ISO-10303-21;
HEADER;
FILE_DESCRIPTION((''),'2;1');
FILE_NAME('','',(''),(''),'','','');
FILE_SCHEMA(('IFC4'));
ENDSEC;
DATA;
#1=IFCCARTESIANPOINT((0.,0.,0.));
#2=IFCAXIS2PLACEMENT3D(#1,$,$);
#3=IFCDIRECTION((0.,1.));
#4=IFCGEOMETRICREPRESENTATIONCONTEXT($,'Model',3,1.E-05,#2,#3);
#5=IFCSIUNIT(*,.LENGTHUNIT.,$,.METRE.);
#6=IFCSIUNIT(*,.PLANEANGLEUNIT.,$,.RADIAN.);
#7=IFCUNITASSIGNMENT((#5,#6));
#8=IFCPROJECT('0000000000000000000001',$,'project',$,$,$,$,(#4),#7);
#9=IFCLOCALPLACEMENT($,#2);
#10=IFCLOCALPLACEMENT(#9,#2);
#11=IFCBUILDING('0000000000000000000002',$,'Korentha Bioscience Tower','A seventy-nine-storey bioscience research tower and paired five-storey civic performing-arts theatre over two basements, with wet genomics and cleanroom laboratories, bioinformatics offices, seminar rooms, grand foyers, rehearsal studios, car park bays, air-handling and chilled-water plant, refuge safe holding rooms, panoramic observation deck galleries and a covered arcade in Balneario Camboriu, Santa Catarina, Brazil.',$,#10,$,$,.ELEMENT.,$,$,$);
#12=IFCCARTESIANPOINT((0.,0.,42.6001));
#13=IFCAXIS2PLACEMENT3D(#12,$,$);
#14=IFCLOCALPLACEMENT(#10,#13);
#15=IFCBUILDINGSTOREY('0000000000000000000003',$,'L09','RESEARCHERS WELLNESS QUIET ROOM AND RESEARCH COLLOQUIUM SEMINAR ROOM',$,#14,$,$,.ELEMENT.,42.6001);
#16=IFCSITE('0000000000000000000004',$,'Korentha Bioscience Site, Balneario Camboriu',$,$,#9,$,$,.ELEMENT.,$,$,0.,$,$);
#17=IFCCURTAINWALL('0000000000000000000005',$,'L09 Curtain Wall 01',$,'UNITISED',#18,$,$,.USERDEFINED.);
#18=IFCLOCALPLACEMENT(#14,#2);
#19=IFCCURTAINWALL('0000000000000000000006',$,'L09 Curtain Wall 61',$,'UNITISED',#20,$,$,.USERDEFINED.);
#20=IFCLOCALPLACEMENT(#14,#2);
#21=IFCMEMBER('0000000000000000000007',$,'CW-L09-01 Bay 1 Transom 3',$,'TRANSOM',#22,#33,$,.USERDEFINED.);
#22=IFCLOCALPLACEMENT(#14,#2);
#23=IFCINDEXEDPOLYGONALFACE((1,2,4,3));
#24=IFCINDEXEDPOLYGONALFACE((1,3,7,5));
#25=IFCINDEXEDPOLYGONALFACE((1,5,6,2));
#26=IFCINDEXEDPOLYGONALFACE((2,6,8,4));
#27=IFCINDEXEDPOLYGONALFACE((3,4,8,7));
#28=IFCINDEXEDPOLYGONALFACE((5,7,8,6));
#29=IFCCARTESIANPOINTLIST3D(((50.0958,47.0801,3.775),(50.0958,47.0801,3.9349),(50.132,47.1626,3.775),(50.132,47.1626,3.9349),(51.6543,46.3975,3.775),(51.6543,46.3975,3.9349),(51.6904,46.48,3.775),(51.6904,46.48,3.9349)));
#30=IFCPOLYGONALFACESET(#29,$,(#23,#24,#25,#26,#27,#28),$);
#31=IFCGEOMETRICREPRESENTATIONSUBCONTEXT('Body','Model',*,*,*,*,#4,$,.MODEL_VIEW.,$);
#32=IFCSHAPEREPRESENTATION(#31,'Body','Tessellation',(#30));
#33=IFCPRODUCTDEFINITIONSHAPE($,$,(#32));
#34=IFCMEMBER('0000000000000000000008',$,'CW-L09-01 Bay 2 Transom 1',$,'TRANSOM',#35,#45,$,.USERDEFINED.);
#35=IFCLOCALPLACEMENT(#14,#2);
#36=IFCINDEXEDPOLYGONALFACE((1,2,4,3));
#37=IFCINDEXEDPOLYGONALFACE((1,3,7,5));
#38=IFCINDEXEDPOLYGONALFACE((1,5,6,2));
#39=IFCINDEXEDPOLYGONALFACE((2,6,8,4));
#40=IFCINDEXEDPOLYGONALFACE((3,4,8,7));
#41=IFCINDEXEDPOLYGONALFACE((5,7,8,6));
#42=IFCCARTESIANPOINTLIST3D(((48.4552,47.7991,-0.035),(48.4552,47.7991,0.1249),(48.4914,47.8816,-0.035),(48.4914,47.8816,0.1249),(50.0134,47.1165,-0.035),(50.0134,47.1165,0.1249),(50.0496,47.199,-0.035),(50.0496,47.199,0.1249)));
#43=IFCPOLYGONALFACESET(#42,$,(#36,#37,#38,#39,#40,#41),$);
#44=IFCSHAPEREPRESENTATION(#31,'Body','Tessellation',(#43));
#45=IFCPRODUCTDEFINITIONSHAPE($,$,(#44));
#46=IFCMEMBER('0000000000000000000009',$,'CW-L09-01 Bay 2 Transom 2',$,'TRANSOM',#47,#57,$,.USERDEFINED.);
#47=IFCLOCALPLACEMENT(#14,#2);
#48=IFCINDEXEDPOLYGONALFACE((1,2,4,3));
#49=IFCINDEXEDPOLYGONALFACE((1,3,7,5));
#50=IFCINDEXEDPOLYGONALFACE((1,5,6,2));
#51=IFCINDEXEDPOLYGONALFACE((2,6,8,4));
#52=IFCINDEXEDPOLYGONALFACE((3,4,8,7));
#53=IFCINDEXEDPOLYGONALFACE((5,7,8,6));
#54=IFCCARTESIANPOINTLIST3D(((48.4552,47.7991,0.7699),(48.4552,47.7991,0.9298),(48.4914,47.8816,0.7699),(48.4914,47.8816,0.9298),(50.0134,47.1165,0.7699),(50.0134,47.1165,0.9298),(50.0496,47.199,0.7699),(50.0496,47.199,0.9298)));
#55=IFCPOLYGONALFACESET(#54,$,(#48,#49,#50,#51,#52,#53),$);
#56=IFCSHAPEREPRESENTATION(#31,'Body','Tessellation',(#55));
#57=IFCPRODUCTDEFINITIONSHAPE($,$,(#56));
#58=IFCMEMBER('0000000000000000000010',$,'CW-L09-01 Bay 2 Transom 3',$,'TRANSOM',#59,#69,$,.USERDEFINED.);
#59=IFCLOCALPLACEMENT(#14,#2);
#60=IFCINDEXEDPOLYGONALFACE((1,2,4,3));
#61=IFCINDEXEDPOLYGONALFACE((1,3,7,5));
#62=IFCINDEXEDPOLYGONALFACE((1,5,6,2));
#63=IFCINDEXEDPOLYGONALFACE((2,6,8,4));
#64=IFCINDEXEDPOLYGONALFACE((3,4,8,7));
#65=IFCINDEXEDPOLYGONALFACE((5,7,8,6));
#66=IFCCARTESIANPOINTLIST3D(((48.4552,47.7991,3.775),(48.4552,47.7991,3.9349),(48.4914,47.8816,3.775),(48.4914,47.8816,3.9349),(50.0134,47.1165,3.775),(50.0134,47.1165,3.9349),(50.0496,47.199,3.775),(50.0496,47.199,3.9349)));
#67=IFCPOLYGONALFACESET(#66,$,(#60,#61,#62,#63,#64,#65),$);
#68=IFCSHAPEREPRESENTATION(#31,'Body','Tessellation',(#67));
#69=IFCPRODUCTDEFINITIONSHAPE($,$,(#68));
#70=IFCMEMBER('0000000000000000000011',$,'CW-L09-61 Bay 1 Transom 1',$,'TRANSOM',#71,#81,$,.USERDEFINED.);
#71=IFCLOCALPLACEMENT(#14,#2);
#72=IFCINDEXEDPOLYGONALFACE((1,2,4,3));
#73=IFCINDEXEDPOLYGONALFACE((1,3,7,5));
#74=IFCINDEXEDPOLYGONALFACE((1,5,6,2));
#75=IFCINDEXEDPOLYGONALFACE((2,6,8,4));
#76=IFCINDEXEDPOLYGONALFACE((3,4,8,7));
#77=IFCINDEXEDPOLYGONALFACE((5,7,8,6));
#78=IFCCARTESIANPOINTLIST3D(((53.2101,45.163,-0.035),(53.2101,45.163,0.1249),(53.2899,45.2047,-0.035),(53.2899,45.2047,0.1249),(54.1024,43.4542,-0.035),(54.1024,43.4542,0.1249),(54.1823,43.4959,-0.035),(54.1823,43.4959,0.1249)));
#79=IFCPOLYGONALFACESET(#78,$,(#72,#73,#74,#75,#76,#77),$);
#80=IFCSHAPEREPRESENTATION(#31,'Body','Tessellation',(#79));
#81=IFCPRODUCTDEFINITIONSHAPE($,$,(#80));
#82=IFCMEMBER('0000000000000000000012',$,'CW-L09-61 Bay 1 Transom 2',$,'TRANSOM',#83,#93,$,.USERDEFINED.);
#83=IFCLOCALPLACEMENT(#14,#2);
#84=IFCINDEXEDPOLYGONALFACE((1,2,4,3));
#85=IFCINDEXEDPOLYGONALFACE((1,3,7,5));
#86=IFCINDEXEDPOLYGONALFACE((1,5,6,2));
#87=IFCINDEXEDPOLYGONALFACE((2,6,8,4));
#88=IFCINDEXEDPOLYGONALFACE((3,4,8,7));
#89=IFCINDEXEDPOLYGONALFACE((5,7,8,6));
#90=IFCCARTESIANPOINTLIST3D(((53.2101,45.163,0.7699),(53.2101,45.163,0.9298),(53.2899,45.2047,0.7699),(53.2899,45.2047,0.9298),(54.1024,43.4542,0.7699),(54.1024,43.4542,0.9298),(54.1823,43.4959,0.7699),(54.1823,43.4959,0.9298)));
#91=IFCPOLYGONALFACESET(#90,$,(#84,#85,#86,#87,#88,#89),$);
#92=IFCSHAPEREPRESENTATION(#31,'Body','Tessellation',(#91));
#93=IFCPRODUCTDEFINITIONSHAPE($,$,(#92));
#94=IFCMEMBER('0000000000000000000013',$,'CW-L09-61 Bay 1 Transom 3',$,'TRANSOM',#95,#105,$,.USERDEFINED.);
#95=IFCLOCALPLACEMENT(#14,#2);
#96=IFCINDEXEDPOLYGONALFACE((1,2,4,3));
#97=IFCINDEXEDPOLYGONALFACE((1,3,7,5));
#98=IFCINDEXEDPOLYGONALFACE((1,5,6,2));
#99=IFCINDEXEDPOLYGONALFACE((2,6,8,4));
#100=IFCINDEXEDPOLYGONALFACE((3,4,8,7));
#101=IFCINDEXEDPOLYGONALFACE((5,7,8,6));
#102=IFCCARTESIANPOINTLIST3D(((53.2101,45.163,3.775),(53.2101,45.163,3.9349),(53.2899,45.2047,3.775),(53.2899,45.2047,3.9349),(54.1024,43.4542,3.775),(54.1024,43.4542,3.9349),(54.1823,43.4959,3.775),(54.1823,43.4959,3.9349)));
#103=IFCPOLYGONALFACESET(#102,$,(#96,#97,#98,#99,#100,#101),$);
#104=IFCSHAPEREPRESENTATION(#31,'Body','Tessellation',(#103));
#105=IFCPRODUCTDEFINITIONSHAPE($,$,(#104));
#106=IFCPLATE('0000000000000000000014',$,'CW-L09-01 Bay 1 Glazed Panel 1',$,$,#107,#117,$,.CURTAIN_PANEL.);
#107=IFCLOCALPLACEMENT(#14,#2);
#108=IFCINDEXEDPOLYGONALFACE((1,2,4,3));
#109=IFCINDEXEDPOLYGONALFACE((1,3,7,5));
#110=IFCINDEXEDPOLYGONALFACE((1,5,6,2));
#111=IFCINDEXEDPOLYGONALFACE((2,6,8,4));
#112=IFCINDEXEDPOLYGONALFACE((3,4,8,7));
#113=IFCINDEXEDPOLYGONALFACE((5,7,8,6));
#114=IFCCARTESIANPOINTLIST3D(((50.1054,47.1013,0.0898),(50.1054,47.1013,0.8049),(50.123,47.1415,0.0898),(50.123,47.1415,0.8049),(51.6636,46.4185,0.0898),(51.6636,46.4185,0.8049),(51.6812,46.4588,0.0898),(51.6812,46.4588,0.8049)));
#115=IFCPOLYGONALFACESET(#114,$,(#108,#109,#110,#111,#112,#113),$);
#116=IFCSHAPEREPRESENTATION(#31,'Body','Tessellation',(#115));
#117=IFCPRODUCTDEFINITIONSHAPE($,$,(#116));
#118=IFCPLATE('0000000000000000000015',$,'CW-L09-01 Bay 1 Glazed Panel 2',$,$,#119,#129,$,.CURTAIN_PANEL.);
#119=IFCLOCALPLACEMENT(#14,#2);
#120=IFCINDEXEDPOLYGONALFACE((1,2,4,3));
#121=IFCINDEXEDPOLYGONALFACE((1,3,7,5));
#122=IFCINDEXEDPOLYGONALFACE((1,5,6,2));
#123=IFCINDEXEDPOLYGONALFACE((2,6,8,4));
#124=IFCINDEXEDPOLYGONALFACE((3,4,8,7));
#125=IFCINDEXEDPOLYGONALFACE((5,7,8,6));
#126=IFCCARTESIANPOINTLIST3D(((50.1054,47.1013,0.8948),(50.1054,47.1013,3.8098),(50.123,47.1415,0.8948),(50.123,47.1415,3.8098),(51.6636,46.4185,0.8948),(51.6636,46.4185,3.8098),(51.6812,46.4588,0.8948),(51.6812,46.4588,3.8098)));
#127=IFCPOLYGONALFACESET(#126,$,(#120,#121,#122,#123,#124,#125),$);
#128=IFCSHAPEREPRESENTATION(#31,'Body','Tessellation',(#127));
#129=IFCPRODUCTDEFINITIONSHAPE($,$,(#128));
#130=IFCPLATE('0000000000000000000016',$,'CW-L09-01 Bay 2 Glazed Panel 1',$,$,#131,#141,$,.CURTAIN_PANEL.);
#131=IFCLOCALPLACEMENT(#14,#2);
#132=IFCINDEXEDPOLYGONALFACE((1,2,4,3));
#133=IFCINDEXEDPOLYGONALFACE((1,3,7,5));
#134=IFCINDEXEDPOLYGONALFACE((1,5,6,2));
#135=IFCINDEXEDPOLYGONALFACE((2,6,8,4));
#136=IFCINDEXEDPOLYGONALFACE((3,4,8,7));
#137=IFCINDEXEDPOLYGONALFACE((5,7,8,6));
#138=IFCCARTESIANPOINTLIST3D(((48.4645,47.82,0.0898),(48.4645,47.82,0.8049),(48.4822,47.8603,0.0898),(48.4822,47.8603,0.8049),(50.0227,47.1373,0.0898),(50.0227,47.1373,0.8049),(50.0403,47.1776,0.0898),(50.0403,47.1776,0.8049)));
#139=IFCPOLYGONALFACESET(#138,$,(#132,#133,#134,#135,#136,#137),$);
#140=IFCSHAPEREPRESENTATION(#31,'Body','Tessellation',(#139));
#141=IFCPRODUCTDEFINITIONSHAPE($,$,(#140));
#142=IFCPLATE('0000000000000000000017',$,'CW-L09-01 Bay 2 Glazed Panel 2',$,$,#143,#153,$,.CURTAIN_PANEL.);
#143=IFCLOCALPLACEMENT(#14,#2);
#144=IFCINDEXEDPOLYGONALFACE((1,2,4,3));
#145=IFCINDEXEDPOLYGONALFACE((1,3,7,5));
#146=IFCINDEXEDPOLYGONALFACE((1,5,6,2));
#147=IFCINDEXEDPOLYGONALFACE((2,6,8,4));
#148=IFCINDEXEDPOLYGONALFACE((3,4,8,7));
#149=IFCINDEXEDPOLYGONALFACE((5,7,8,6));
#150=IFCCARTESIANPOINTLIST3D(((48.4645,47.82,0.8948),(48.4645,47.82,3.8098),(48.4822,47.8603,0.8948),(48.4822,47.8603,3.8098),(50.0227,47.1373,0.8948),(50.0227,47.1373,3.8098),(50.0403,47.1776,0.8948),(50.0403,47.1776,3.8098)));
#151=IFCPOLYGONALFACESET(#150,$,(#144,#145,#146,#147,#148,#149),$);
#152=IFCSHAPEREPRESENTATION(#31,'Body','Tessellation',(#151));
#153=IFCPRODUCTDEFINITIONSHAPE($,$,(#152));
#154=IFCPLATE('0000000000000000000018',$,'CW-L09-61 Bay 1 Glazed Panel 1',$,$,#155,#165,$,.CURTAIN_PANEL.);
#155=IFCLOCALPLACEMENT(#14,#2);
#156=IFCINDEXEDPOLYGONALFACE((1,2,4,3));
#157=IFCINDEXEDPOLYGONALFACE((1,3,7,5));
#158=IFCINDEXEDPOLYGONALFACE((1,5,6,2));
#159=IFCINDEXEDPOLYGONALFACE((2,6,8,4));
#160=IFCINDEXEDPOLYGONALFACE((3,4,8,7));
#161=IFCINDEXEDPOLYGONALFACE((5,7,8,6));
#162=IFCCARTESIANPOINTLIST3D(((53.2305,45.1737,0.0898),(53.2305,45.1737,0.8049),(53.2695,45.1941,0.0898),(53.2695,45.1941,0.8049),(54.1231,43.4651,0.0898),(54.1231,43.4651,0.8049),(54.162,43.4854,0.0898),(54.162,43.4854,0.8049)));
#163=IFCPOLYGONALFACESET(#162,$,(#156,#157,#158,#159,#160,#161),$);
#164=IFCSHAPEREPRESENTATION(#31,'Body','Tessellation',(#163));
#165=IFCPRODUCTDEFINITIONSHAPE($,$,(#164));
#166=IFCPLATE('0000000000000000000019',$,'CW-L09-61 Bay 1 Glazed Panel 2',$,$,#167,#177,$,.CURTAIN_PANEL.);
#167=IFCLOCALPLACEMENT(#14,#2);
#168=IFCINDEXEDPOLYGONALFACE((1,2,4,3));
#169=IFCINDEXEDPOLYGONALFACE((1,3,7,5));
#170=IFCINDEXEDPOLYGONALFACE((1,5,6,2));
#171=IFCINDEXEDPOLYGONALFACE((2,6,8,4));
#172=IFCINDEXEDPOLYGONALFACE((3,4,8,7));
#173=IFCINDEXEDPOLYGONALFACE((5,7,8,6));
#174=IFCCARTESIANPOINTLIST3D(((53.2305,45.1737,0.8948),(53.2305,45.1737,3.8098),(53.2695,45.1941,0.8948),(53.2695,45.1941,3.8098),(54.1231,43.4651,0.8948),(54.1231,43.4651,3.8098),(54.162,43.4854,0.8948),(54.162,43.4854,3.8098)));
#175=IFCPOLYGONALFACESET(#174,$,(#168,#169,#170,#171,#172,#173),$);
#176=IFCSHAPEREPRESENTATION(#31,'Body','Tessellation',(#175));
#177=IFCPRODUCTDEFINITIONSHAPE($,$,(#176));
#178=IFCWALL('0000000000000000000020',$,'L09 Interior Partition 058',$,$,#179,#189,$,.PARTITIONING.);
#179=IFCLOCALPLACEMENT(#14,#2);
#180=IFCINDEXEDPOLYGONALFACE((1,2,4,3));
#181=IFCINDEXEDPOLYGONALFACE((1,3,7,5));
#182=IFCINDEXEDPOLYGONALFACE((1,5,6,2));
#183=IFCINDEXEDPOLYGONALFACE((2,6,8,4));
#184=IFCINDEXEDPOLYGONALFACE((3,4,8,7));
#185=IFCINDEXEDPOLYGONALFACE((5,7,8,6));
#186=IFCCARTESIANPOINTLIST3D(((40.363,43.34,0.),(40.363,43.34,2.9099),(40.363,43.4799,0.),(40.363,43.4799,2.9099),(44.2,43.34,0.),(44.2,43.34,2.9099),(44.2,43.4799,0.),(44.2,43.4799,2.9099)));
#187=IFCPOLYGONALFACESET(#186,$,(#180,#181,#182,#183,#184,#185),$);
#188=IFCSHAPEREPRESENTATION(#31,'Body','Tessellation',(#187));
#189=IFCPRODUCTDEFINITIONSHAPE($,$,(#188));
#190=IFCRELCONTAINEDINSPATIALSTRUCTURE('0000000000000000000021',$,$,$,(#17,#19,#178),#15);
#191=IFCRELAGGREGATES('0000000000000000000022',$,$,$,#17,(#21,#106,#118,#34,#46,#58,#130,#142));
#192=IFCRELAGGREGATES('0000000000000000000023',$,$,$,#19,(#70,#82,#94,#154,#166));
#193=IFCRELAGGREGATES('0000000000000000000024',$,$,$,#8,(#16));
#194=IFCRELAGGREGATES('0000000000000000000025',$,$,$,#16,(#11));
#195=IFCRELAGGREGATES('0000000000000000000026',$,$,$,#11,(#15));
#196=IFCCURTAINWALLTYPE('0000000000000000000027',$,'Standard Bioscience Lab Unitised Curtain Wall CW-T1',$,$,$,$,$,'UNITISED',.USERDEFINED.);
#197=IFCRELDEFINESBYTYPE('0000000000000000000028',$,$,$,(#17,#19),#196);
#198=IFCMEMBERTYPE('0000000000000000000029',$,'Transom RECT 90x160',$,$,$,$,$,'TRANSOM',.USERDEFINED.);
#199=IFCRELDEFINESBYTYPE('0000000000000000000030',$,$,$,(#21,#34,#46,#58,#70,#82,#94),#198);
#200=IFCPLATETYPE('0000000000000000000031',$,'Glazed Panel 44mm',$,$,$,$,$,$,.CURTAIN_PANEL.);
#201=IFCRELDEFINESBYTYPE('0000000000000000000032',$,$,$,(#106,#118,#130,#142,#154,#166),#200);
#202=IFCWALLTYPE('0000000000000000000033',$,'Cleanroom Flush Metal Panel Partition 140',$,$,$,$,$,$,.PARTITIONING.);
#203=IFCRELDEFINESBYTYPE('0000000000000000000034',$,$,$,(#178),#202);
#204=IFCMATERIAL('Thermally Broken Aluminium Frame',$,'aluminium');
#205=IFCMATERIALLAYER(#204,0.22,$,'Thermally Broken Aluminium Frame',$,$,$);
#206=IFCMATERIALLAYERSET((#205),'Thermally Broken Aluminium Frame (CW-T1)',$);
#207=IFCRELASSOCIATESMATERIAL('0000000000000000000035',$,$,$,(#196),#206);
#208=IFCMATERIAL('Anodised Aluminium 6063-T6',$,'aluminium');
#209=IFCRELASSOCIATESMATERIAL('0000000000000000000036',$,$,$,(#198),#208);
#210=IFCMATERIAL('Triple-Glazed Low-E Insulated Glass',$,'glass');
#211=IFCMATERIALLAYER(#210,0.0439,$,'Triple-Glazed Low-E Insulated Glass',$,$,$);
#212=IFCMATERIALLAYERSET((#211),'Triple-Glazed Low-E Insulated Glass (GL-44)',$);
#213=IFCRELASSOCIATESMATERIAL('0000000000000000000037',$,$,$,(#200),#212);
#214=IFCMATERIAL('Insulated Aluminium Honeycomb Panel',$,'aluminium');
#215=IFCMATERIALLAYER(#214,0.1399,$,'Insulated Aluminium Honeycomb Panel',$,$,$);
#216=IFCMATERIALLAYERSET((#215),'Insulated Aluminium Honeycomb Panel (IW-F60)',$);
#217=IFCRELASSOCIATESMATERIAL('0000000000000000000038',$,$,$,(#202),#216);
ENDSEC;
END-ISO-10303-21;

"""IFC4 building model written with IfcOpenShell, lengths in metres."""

from ifc_helpers import new_model, si_unit, direction, frame, frame_2d, origin, origin_2d, place, context, subcontext, project, spatial, rectangle, extrude, material, layer, layer_set, material_profile, profile_set, type_object, element, aggregate, save


model = new_model("IFC4")

# Units and contexts
model_context = context("Model", 3, precision=1e-05, world=origin(), true_north=direction((0.0, 1.0)))
body_context = subcontext(model_context, "Body", "Model", "MODEL_VIEW")
ifc_project = project(units=[si_unit("LENGTHUNIT", "METRE"), si_unit("PLANEANGLEUNIT", "RADIAN")], contexts=[model_context])

# Site, building, storey
site_placement = place(None, origin())
site = spatial("IfcSite", under=ifc_project, at=site_placement, Name="Korentha Bioscience Site, Balneario Camboriu", CompositionType="ELEMENT", RefElevation=0.0)
building_placement = place(site_placement, origin())
building = spatial("IfcBuilding", under=site, at=building_placement, Name="Korentha Bioscience Tower", Description="A seventy-nine-storey bioscience research tower and paired five-storey civic performing-arts theatre over two basements, with wet genomics and cleanroom laboratories, bioinformatics offices, seminar rooms, grand foyers, rehearsal studios, car park bays, air-handling and chilled-water plant, refuge safe holding rooms, panoramic observation deck galleries and a covered arcade in Balneario Camboriu, Santa Catarina, Brazil.", CompositionType="ELEMENT")
storey_placement = place(building_placement, frame((0.0, 0.0, 42.6001)))
storey = spatial("IfcBuildingStorey", under=building, at=storey_placement, Name="L09", Description="RESEARCHERS WELLNESS QUIET ROOM AND RESEARCH COLLOQUIUM SEMINAR ROOM", CompositionType="ELEMENT", Elevation=42.6001)

# Curtain walls
ifc_material_1 = material(Name="Thermally Broken Aluminium Frame", Category="aluminium")
ifc_layer_1 = layer(ifc_material_1, 0.22, Name="Thermally Broken Aluminium Frame")
ifc_layer_set_1 = layer_set([ifc_layer_1], Name="Thermally Broken Aluminium Frame (CW-T1)")
curtain_wall_type = type_object("IfcCurtainWallType", Name="Standard Bioscience Lab Unitised Curtain Wall CW-T1", ElementType="UNITISED", PredefinedType="USERDEFINED", material=ifc_layer_set_1)
curtain_wall_1_placement = place(storey_placement, origin())
curtain_wall_1 = element("IfcCurtainWall", 1, at=curtain_wall_1_placement, inside=storey, type_object=curtain_wall_type, Name="L09 Curtain Wall 01", ObjectType="UNITISED", PredefinedType="USERDEFINED")
ifc_material_2 = material(Name="Anodised Aluminium 6063-T6", Category="aluminium")
curtain_wall_2_placement = place(storey_placement, origin())
curtain_wall_2 = element("IfcCurtainWall", 2, at=curtain_wall_2_placement, inside=storey, type_object=curtain_wall_type, Name="L09 Curtain Wall 61", ObjectType="UNITISED", PredefinedType="USERDEFINED")

# Members
ifc_material_profile_1 = material_profile(ifc_material_2, rectangle(XDim=0.0901, YDim=0.1599, at=origin_2d()), Name="Anodised Aluminium 6063-T6")
ifc_profile_set_1 = profile_set([ifc_material_profile_1], Name="Anodised Aluminium 6063-T6 (CW-TRN)")
member_type_1 = type_object("IfcMemberType", Name="Transom RECT 90x160", ElementType="TRANSOM", PredefinedType="USERDEFINED", material=ifc_profile_set_1)
member_1_placement = place(storey_placement, frame((51.6724, 46.4387, 3.855), z_axis=(-0.915976, 0.401233, 0.0), x_axis=(-0.401233, -0.915976, 0.0)))
member_1 = element("IfcMember", 3, at=member_1_placement, type_object=member_type_1, Name="CW-L09-01 Bay 1 Transom 3", ObjectType="TRANSOM", PredefinedType="USERDEFINED", context=body_context, shape_type="SweptSolid", body=[
    extrude(rectangle(XDim=0.0901, YDim=0.1599, at=origin_2d()), origin(), (0.0, 0.0, 1.0), 1.7014),
])
member_2_placement = place(storey_placement, frame((50.0315, 47.1577, 0.0449), z_axis=(-0.915953, 0.401286, 0.0), x_axis=(-0.401286, -0.915953, 0.0)))
member_2 = element("IfcMember", 4, at=member_2_placement, type_object=member_type_1, Name="CW-L09-01 Bay 2 Transom 1", ObjectType="TRANSOM", PredefinedType="USERDEFINED", context=body_context, shape_type="SweptSolid", body=[
    extrude(rectangle(XDim=0.0901, YDim=0.1599, at=origin_2d()), origin(), (0.0, 0.0, 1.0), 1.7012),
])
member_3_placement = place(storey_placement, frame((50.0315, 47.1577, 0.8499), z_axis=(-0.915953, 0.401286, 0.0), x_axis=(-0.401286, -0.915953, 0.0)))
member_3 = element("IfcMember", 5, at=member_3_placement, type_object=member_type_1, Name="CW-L09-01 Bay 2 Transom 2", ObjectType="TRANSOM", PredefinedType="USERDEFINED", context=body_context, shape_type="SweptSolid", body=[
    extrude(rectangle(XDim=0.0901, YDim=0.1599, at=origin_2d()), origin(), (0.0, 0.0, 1.0), 1.7012),
])
member_4_placement = place(storey_placement, frame((50.0315, 47.1577, 3.855), z_axis=(-0.915953, 0.401286, 0.0), x_axis=(-0.401286, -0.915953, 0.0)))
member_4 = element("IfcMember", 6, at=member_4_placement, type_object=member_type_1, Name="CW-L09-01 Bay 2 Transom 3", ObjectType="TRANSOM", PredefinedType="USERDEFINED", context=body_context, shape_type="SweptSolid", body=[
    extrude(rectangle(XDim=0.0901, YDim=0.1599, at=origin_2d()), origin(), (0.0, 0.0, 1.0), 1.7012),
])
member_5_placement = place(storey_placement, frame((54.1423, 43.4751, 0.0449), z_axis=(-0.462899, 0.886411, 0.0), x_axis=(-0.886411, -0.462899, 0.0)))
member_5 = element("IfcMember", 7, at=member_5_placement, type_object=member_type_1, Name="CW-L09-61 Bay 1 Transom 1", ObjectType="TRANSOM", PredefinedType="USERDEFINED", context=body_context, shape_type="SweptSolid", body=[
    extrude(rectangle(XDim=0.0901, YDim=0.1599, at=origin_2d()), origin(), (0.0, 0.0, 1.0), 1.9277),
])
member_6_placement = place(storey_placement, frame((54.1423, 43.4751, 0.8499), z_axis=(-0.462899, 0.886411, 0.0), x_axis=(-0.886411, -0.462899, 0.0)))
member_6 = element("IfcMember", 8, at=member_6_placement, type_object=member_type_1, Name="CW-L09-61 Bay 1 Transom 2", ObjectType="TRANSOM", PredefinedType="USERDEFINED", context=body_context, shape_type="SweptSolid", body=[
    extrude(rectangle(XDim=0.0901, YDim=0.1599, at=origin_2d()), origin(), (0.0, 0.0, 1.0), 1.9277),
])
member_7_placement = place(storey_placement, frame((54.1423, 43.4751, 3.855), z_axis=(-0.462899, 0.886411, 0.0), x_axis=(-0.886411, -0.462899, 0.0)))
member_7 = element("IfcMember", 9, at=member_7_placement, type_object=member_type_1, Name="CW-L09-61 Bay 1 Transom 3", ObjectType="TRANSOM", PredefinedType="USERDEFINED", context=body_context, shape_type="SweptSolid", body=[
    extrude(rectangle(XDim=0.0901, YDim=0.1599, at=origin_2d()), origin(), (0.0, 0.0, 1.0), 1.9277),
])

# Plates
ifc_material_3 = material(Name="Triple-Glazed Low-E Insulated Glass", Category="glass")
ifc_layer_2 = layer(ifc_material_3, 0.0439, Name="Triple-Glazed Low-E Insulated Glass")
ifc_layer_set_2 = layer_set([ifc_layer_2], Name="Triple-Glazed Low-E Insulated Glass (GL-44)")
plate_type = type_object("IfcPlateType", Name="Glazed Panel 44mm", PredefinedType="CURTAIN_PANEL", material=ifc_layer_set_2)
plate_1_placement = place(storey_placement, frame((50.8933, 46.78, 0.0898), z_axis=(0.0, 0.0, 1.0), x_axis=(-0.915939, 0.401317, 0.0)))
plate_1 = element("IfcPlate", 10, at=plate_1_placement, type_object=plate_type, Name="CW-L09-01 Bay 1 Glazed Panel 1", PredefinedType="CURTAIN_PANEL", context=body_context, shape_type="SweptSolid", body=[
    extrude(rectangle(XDim=1.7012, YDim=0.0439, at=origin_2d()), origin(), (0.0, 0.0, 1.0), 0.7151),
])
plate_2_placement = place(storey_placement, frame((50.8933, 46.78, 0.8948), z_axis=(0.0, 0.0, 1.0), x_axis=(-0.915939, 0.401317, 0.0)))
plate_2 = element("IfcPlate", 11, at=plate_2_placement, type_object=plate_type, Name="CW-L09-01 Bay 1 Glazed Panel 2", PredefinedType="CURTAIN_PANEL", context=body_context, shape_type="SweptSolid", body=[
    extrude(rectangle(XDim=1.7012, YDim=0.0439, at=origin_2d()), origin(), (0.0, 0.0, 1.0), 2.915),
])
plate_3_placement = place(storey_placement, frame((49.2524, 47.4988, 0.0898), z_axis=(0.0, 0.0, 1.0), x_axis=(-0.915939, 0.401317, 0.0)))
plate_3 = element("IfcPlate", 12, at=plate_3_placement, type_object=plate_type, Name="CW-L09-01 Bay 2 Glazed Panel 1", PredefinedType="CURTAIN_PANEL", context=body_context, shape_type="SweptSolid", body=[
    extrude(rectangle(XDim=1.7012, YDim=0.0439, at=origin_2d()), origin(), (0.0, 0.0, 1.0), 0.7151),
])
plate_4_placement = place(storey_placement, frame((49.2524, 47.4988, 0.8948), z_axis=(0.0, 0.0, 1.0), x_axis=(-0.915939, 0.401317, 0.0)))
plate_4 = element("IfcPlate", 13, at=plate_4_placement, type_object=plate_type, Name="CW-L09-01 Bay 2 Glazed Panel 2", PredefinedType="CURTAIN_PANEL", context=body_context, shape_type="SweptSolid", body=[
    extrude(rectangle(XDim=1.7012, YDim=0.0439, at=origin_2d()), origin(), (0.0, 0.0, 1.0), 2.915),
])
aggregate(curtain_wall_1, [member_1, plate_1, plate_2, member_2, member_3, member_4, plate_3, plate_4])
plate_5_placement = place(storey_placement, frame((53.6963, 44.3296, 0.0898), z_axis=(0.0, 0.0, 1.0), x_axis=(-0.463009, 0.886354, 0.0)))
plate_5 = element("IfcPlate", 14, at=plate_5_placement, type_object=plate_type, Name="CW-L09-61 Bay 1 Glazed Panel 1", PredefinedType="CURTAIN_PANEL", context=body_context, shape_type="SweptSolid", body=[
    extrude(rectangle(XDim=1.9277, YDim=0.0439, at=origin_2d()), origin(), (0.0, 0.0, 1.0), 0.7151),
])
plate_6_placement = place(storey_placement, frame((53.6963, 44.3296, 0.8948), z_axis=(0.0, 0.0, 1.0), x_axis=(-0.463009, 0.886354, 0.0)))
plate_6 = element("IfcPlate", 15, at=plate_6_placement, type_object=plate_type, Name="CW-L09-61 Bay 1 Glazed Panel 2", PredefinedType="CURTAIN_PANEL", context=body_context, shape_type="SweptSolid", body=[
    extrude(rectangle(XDim=1.9277, YDim=0.0439, at=origin_2d()), origin(), (0.0, 0.0, 1.0), 2.915),
])
aggregate(curtain_wall_2, [member_5, member_6, member_7, plate_5, plate_6])

# Wall
ifc_material_4 = material(Name="Insulated Aluminium Honeycomb Panel", Category="aluminium")
ifc_layer_3 = layer(ifc_material_4, 0.1399, Name="Insulated Aluminium Honeycomb Panel")
ifc_layer_set_3 = layer_set([ifc_layer_3], Name="Insulated Aluminium Honeycomb Panel (IW-F60)")
wall_type_1 = type_object("IfcWallType", Name="Cleanroom Flush Metal Panel Partition 140", PredefinedType="PARTITIONING", material=ifc_layer_set_3)
wall_1_placement = place(storey_placement, frame((44.2, 43.4099, 0.0), z_axis=(0.0, 0.0, 1.0), x_axis=(-1.0, 0.0, 0.0)))
element("IfcWall", 16, at=wall_1_placement, inside=storey, type_object=wall_type_1, Name="L09 Interior Partition 058", PredefinedType="PARTITIONING", context=body_context, shape_type="SweptSolid", body=[
    extrude(rectangle(XDim=3.8369, YDim=0.1399, at=frame_2d((1.9185, 0.0))), origin(), (0.0, 0.0, 1.0), 2.9099),
])

save(model, "model.ifc")
